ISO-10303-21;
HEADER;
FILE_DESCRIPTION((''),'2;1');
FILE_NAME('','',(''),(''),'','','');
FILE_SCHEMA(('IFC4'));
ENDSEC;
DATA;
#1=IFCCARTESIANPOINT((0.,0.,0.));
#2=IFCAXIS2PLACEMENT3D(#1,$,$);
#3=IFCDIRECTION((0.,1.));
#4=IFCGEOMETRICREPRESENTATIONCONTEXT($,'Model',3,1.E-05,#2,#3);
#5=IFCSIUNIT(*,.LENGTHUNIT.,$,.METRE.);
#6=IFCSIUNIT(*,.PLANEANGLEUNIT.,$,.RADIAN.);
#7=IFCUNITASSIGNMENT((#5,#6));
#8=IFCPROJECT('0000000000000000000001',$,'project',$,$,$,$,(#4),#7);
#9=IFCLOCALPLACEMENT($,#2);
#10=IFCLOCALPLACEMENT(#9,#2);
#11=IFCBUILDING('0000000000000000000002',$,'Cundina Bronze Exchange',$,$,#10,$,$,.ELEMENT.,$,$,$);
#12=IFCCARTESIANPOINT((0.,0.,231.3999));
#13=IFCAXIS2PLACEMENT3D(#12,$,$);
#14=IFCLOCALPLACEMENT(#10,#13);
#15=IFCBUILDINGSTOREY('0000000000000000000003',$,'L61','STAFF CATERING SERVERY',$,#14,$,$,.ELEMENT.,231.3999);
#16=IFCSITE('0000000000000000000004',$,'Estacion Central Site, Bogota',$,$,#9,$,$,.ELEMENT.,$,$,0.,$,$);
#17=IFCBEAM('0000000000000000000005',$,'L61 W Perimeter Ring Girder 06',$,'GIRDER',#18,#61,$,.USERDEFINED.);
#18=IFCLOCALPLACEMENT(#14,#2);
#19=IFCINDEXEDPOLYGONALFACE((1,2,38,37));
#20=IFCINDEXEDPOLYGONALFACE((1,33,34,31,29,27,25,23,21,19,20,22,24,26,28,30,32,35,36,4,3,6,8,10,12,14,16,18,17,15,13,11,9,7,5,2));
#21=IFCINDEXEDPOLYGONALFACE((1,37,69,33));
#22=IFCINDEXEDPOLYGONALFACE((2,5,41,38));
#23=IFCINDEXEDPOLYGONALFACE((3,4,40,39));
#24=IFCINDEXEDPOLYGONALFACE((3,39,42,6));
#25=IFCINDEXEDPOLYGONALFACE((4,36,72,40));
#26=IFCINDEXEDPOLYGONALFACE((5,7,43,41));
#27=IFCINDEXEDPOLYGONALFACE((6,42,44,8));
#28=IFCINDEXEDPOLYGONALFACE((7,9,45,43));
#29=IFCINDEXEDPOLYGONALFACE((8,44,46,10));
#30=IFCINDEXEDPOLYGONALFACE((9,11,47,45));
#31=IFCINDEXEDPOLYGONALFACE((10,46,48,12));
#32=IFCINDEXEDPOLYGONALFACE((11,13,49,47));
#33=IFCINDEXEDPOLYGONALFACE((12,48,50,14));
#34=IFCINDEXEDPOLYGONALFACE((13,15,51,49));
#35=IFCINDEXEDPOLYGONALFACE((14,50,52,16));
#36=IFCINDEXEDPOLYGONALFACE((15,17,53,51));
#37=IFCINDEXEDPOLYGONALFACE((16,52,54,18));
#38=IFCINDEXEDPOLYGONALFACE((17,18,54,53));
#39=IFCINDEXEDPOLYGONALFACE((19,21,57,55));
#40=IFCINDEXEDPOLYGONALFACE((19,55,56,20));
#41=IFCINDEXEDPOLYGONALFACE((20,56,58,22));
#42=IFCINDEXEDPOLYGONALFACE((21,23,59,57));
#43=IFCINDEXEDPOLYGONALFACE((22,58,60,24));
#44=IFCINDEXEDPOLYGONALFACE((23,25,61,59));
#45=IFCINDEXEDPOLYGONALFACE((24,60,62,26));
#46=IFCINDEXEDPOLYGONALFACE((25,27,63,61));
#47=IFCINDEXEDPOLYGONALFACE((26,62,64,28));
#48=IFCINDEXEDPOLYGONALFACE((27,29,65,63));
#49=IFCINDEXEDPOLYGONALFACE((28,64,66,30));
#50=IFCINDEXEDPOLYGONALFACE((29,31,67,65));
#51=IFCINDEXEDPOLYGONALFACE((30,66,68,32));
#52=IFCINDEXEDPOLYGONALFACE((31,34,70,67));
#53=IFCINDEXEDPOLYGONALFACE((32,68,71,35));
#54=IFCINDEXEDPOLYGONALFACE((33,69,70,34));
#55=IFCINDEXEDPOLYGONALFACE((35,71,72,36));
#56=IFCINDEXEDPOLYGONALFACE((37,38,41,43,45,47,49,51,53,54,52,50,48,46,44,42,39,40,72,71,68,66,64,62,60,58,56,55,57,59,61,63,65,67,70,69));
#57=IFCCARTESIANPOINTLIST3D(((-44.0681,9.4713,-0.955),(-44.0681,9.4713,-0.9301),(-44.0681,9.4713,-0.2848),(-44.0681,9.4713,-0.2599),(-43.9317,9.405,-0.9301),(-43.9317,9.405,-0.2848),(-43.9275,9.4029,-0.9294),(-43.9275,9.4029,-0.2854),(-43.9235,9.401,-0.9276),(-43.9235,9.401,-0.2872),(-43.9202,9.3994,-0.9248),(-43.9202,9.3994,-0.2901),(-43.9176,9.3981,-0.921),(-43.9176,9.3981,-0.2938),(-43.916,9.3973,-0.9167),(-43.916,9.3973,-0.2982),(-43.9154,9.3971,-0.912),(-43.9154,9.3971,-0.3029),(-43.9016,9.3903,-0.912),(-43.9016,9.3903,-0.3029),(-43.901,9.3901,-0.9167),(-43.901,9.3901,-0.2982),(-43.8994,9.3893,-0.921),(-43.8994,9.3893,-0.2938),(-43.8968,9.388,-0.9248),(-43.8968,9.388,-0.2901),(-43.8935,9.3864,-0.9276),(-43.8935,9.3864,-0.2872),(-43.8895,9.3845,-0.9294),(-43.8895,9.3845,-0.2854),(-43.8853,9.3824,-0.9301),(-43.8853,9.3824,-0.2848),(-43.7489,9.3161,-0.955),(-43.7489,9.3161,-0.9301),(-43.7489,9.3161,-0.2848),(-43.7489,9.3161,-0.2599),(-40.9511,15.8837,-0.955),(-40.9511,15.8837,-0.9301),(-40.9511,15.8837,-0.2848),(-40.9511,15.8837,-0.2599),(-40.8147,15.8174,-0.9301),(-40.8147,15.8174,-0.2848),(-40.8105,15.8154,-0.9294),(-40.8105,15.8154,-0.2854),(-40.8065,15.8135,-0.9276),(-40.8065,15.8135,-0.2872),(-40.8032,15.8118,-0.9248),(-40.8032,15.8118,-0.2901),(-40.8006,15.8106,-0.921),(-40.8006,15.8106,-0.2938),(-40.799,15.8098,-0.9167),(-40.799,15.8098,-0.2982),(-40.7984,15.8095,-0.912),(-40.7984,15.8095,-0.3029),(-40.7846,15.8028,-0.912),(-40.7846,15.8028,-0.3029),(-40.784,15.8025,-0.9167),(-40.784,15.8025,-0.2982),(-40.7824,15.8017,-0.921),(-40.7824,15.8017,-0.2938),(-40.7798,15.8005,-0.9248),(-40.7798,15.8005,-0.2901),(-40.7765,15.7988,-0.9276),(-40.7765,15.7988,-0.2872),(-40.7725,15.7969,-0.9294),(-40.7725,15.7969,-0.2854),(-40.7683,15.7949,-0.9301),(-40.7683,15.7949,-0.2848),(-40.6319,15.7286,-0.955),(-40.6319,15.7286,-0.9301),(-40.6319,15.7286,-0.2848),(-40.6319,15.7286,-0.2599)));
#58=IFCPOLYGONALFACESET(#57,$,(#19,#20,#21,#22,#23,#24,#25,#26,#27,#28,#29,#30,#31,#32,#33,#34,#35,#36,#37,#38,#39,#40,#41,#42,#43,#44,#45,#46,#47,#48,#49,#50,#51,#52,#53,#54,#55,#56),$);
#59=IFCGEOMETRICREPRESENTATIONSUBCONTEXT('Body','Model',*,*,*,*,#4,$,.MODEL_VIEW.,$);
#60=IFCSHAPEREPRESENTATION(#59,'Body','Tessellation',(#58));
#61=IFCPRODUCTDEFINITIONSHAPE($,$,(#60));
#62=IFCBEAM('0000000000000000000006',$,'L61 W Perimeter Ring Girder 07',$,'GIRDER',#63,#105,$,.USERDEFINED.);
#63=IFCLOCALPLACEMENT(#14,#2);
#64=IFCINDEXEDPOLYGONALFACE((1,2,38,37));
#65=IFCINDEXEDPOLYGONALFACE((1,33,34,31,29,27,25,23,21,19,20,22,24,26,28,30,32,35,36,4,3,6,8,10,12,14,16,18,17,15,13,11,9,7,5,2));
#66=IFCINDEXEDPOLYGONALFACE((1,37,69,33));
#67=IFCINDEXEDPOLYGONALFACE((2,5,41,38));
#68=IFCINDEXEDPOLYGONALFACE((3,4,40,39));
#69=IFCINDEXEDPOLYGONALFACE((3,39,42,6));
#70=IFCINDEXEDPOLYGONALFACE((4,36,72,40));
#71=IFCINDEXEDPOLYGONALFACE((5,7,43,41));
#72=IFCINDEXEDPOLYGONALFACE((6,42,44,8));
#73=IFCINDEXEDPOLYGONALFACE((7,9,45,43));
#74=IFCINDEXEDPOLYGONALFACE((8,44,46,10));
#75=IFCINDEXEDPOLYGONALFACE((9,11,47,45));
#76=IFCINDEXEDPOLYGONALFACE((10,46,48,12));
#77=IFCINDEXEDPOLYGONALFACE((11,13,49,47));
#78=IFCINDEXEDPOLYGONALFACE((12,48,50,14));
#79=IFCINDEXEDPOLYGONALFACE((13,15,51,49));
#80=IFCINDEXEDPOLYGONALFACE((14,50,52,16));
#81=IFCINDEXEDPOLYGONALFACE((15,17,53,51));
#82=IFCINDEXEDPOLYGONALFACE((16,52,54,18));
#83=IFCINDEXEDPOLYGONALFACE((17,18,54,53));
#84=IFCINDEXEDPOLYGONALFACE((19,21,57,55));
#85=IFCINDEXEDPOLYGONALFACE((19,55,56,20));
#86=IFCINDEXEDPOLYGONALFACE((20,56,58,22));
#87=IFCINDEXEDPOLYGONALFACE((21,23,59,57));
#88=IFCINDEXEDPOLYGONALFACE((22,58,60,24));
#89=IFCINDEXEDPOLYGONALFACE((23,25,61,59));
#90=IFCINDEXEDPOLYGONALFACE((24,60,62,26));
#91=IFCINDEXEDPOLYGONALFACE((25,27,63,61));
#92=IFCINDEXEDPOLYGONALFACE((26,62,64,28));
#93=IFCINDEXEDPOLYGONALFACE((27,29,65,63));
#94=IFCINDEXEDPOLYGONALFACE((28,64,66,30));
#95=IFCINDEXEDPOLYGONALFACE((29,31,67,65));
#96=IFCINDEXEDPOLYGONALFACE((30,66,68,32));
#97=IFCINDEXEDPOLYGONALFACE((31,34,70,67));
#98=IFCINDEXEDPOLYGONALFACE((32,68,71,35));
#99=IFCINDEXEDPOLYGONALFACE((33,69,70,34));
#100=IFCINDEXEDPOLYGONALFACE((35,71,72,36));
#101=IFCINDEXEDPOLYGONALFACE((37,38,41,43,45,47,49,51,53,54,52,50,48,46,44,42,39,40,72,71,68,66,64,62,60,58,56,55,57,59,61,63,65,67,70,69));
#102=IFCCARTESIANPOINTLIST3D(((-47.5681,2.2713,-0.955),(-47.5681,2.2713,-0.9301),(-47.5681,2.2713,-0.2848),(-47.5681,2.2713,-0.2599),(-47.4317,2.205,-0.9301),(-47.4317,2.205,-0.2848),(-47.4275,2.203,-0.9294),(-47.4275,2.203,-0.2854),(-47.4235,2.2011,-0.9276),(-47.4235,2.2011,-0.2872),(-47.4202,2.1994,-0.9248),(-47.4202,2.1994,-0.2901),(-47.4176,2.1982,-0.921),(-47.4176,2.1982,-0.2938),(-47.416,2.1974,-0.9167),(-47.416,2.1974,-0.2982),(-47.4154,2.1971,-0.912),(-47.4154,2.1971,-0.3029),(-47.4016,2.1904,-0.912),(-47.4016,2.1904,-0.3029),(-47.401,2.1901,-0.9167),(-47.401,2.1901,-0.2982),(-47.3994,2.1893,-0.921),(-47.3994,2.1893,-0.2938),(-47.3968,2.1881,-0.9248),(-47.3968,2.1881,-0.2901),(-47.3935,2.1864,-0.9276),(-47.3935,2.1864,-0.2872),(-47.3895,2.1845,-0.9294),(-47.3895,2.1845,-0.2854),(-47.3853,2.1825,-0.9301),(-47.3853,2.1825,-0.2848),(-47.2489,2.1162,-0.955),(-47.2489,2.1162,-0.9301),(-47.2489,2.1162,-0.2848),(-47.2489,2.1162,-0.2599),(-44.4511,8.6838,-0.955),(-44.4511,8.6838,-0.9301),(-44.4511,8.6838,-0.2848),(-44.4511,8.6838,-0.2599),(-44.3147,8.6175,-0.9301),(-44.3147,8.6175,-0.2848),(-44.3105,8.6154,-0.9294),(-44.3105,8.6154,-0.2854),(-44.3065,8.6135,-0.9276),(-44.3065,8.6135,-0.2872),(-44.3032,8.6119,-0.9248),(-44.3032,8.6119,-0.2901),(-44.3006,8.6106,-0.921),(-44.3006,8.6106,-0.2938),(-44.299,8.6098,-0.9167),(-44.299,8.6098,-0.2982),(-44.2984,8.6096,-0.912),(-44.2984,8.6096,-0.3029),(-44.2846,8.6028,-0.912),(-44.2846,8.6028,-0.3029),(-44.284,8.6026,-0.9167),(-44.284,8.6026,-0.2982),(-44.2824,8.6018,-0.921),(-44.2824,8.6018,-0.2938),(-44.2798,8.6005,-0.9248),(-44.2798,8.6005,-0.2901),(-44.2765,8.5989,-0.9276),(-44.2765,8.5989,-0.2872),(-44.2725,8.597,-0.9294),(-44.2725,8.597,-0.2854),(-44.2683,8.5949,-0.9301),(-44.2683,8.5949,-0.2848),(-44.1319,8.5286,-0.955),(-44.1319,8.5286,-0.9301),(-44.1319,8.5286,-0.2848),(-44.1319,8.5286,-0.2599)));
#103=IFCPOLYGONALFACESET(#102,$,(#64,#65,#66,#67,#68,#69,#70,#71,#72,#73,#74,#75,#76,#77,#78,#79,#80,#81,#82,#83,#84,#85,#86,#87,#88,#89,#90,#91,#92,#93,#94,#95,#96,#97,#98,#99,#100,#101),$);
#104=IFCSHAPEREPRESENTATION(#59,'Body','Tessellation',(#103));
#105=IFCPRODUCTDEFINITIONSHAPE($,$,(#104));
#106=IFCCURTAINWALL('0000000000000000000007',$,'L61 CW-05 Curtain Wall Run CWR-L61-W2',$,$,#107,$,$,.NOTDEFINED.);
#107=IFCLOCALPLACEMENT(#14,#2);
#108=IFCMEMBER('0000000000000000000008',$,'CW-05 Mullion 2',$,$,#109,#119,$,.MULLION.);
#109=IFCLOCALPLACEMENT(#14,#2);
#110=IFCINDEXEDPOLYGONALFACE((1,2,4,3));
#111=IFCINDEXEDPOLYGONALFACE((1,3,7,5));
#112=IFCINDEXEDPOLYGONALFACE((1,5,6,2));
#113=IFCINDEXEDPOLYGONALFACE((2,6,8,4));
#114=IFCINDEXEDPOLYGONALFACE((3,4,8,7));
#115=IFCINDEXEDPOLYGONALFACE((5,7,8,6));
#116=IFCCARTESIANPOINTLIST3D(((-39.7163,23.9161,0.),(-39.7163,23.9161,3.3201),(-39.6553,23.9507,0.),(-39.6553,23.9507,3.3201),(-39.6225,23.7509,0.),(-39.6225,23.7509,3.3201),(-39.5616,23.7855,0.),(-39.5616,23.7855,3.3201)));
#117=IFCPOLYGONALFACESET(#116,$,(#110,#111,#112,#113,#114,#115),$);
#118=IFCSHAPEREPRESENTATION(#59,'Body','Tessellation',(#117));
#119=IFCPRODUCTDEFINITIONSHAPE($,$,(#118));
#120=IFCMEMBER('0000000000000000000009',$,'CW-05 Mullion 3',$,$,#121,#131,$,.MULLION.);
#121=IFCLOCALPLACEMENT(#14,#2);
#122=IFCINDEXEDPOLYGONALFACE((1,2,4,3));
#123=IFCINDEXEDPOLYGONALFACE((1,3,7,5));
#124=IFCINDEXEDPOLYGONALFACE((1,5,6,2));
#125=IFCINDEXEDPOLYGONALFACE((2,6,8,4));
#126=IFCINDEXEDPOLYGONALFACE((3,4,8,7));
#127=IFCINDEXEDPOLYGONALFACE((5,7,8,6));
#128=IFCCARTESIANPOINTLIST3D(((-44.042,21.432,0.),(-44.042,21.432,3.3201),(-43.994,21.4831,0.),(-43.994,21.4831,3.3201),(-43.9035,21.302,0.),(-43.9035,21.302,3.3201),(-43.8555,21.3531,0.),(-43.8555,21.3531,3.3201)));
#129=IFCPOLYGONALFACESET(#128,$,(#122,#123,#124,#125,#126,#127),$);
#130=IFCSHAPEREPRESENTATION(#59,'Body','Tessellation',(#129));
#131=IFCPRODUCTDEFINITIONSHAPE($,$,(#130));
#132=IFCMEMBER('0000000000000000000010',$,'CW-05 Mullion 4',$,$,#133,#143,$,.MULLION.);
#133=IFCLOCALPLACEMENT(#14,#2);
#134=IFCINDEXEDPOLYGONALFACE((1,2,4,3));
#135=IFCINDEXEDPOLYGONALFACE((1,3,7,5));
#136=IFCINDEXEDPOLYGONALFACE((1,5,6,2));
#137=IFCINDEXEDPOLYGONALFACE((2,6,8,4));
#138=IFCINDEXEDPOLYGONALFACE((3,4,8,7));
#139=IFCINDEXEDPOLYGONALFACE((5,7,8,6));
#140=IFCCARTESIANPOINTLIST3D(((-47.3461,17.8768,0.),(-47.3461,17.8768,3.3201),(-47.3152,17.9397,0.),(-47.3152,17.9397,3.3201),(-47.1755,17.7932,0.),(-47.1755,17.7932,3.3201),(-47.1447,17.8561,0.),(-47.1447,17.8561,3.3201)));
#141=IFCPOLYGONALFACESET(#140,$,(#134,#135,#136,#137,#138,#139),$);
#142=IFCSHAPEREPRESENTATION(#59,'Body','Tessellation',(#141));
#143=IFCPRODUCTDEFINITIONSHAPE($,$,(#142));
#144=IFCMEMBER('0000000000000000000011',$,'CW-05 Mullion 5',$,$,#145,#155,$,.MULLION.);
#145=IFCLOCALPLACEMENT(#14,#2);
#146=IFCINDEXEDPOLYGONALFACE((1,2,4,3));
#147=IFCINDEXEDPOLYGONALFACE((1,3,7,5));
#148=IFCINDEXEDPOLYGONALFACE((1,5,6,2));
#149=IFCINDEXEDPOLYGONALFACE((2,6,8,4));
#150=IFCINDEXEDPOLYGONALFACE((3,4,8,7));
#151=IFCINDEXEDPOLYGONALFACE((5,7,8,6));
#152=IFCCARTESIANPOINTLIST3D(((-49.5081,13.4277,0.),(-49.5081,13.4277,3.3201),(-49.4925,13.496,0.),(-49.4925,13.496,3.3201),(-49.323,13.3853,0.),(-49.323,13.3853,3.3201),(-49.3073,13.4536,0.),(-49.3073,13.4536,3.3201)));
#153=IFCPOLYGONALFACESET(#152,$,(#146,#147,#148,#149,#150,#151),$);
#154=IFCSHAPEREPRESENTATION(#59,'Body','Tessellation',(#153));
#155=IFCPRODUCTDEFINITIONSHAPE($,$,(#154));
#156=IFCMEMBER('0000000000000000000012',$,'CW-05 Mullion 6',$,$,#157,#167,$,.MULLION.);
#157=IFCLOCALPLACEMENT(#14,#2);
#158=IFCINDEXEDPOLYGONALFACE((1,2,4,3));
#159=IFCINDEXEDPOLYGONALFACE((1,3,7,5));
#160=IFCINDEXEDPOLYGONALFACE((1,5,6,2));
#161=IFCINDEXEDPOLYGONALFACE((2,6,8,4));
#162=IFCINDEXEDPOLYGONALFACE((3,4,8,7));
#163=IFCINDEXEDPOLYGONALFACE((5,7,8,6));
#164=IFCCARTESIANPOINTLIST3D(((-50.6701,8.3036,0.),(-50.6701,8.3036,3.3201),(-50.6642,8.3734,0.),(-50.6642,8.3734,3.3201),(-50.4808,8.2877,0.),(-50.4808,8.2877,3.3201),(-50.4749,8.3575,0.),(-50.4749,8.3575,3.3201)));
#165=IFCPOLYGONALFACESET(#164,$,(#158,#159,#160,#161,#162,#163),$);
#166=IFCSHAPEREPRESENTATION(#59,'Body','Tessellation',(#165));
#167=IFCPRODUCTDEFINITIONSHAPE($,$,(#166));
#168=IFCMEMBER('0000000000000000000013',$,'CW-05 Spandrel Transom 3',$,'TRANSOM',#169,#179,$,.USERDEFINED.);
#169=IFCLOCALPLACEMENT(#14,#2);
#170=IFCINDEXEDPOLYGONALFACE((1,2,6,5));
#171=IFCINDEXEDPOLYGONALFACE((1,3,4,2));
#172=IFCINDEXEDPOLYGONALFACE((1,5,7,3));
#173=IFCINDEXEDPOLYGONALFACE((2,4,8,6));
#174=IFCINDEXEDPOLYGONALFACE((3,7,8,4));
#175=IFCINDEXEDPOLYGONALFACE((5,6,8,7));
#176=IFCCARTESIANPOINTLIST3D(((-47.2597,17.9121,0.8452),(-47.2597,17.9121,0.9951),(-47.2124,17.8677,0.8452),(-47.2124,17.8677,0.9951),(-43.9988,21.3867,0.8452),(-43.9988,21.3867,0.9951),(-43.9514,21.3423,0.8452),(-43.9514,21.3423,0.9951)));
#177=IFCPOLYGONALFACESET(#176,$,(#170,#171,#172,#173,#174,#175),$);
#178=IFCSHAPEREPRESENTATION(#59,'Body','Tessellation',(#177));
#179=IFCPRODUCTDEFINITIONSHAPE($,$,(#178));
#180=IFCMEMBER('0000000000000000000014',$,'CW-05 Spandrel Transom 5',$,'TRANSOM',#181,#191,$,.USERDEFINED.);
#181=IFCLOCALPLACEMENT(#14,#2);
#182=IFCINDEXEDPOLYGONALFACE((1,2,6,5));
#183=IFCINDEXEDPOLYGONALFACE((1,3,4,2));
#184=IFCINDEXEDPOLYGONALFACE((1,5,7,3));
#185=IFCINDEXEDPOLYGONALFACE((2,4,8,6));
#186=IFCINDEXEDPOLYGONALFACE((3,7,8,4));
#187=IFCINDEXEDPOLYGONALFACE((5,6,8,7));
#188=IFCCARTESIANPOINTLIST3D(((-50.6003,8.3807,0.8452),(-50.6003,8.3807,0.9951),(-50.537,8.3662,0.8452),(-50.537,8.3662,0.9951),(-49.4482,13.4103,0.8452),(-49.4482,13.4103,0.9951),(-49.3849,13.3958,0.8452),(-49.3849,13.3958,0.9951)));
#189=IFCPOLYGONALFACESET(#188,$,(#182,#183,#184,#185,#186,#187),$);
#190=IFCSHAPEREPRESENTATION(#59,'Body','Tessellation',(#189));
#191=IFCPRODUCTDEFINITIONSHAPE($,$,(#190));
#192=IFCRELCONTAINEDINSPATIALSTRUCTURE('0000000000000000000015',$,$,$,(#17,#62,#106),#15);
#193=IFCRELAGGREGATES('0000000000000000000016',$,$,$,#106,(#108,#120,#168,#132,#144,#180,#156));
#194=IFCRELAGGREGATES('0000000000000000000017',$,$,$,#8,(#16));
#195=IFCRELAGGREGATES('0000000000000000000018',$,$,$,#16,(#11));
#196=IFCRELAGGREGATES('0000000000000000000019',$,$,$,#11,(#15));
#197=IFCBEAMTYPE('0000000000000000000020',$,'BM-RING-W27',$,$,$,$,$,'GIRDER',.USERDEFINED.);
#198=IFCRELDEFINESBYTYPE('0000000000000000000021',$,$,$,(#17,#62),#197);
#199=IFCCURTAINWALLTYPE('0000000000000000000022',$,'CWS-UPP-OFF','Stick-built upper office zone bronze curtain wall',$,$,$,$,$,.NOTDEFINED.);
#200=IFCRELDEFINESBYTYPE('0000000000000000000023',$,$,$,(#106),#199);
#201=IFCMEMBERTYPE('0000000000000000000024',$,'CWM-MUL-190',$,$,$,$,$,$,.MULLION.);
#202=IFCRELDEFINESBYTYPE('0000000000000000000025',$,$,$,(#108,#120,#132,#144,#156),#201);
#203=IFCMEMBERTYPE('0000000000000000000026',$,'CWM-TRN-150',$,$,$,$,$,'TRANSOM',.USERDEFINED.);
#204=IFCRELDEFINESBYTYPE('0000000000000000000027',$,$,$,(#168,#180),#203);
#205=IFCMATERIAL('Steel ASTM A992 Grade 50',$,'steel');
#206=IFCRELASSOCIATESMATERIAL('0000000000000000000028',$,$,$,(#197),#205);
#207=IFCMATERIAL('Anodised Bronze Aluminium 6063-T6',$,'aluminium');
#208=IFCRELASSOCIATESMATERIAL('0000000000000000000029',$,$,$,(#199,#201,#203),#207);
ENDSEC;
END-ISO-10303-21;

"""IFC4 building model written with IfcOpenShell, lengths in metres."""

from ifc_helpers import new_model, si_unit, direction, frame, origin, origin_2d, place, context, subcontext, project, spatial, rectangle, i_section, extrude, material, material_profile, profile_set, type_object, element, aggregate, save


model = new_model("IFC4")

# Units and contexts
model_context = context("Model", 3, precision=1e-05, world=origin(), true_north=direction((0.0, 1.0)))
body_context = subcontext(model_context, "Body", "Model", "MODEL_VIEW")
ifc_project = project(units=[si_unit("LENGTHUNIT", "METRE"), si_unit("PLANEANGLEUNIT", "RADIAN")], contexts=[model_context])

# Site, building, storey
site_placement = place(None, origin())
site = spatial("IfcSite", under=ifc_project, at=site_placement, Name="Estacion Central Site, Bogota", CompositionType="ELEMENT", RefElevation=0.0)
building_placement = place(site_placement, origin())
building = spatial("IfcBuilding", under=site, at=building_placement, Name="Cundina Bronze Exchange", CompositionType="ELEMENT")
storey_placement = place(building_placement, frame((0.0, 0.0, 231.3999)))
storey = spatial("IfcBuildingStorey", under=building, at=storey_placement, Name="L61", Description="STAFF CATERING SERVERY", CompositionType="ELEMENT", Elevation=231.3999)

# Beams
ifc_material_1 = material(Name="Steel ASTM A992 Grade 50", Category="steel")
ifc_material_profile_1 = material_profile(ifc_material_1, i_section(OverallWidth=0.355, OverallDepth=0.6951, WebThickness=0.0154, FlangeThickness=0.0249, FilletRadius=0.0181, at=origin_2d()), Name="W27X146", Category="steel")
ifc_profile_set_1 = profile_set([ifc_material_profile_1], Name="Steel ASTM A992 Grade 50")
beam_type_1 = type_object("IfcBeamType", Name="BM-RING-W27", ElementType="GIRDER", PredefinedType="USERDEFINED", material=ifc_profile_set_1)
for number, where, z_axis, x_axis, name in (
    (1, (-40.7915, 15.8062, -0.6074), (-0.437173, -0.899377, 0.0), (0.899377, -0.437173, 0.0), "L61 W Perimeter Ring Girder 06"),
    (2, (-44.2915, 8.6062, -0.6074), (-0.437173, -0.899377, 0.0), (0.899377, -0.437173, 0.0), "L61 W Perimeter Ring Girder 07"),
):
    element("IfcBeam", number, at=place(storey_placement, frame(where, z_axis=z_axis, x_axis=x_axis)), inside=storey, type_object=beam_type_1, Name=name, ObjectType="GIRDER", PredefinedType="USERDEFINED", context=body_context, shape_type="SweptSolid", body=[
        extrude(i_section(OverallWidth=0.355, OverallDepth=0.6951, WebThickness=0.0154, FlangeThickness=0.0249, FilletRadius=0.0181, at=origin_2d()), origin(), (0.0, 0.0, 1.0), 7.1299),
    ])

# Curtain wall, members
ifc_material_2 = material(Name="Anodised Bronze Aluminium 6063-T6", Category="aluminium")
curtain_wall_type = type_object("IfcCurtainWallType", Name="CWS-UPP-OFF", Description="Stick-built upper office zone bronze curtain wall", PredefinedType="NOTDEFINED", material=ifc_material_2)
curtain_wall_placement = place(storey_placement, origin())
curtain_wall = element("IfcCurtainWall", 3, at=curtain_wall_placement, inside=storey, type_object=curtain_wall_type, Name="L61 CW-05 Curtain Wall Run CWR-L61-W2", PredefinedType="NOTDEFINED")
ifc_material_profile_2 = material_profile(ifc_material_2, rectangle(XDim=0.0701, YDim=0.1899, at=origin_2d()), Name="AL70X190", Category="aluminium")
ifc_profile_set_2 = profile_set([ifc_material_profile_2], Name="Anodised Bronze Aluminium 6063-T6")
member_type_1 = type_object("IfcMemberType", Name="CWM-MUL-190", PredefinedType="MULLION", material=ifc_profile_set_2)
member_1_placement = place(storey_placement, frame((-39.6389, 23.8508, 0.0), z_axis=(0.0, 0.0, 1.0), x_axis=(-0.869581, -0.49379, 0.0)))
member_1 = element("IfcMember", 4, at=member_1_placement, type_object=member_type_1, Name="CW-05 Mullion 2", PredefinedType="MULLION", context=body_context, shape_type="SweptSolid", body=[
    extrude(rectangle(XDim=0.0701, YDim=0.1899, at=origin_2d()), origin(), (0.0, 0.0, 1.0), 3.3201),
])
member_2_placement = place(storey_placement, frame((-43.9487, 21.3926, 0.0), z_axis=(0.0, 0.0, 1.0), x_axis=(-0.684293, -0.729208, 0.0)))
member_2 = element("IfcMember", 5, at=member_2_placement, type_object=member_type_1, Name="CW-05 Mullion 3", PredefinedType="MULLION", context=body_context, shape_type="SweptSolid", body=[
    extrude(rectangle(XDim=0.0701, YDim=0.1899, at=origin_2d()), origin(), (0.0, 0.0, 1.0), 3.3201),
])
member_3_placement = place(storey_placement, frame((-47.2454, 17.8665, 0.0), z_axis=(0.0, 0.0, 1.0), x_axis=(-0.440566, -0.89772, 0.0)))
member_3 = element("IfcMember", 6, at=member_3_placement, type_object=member_type_1, Name="CW-05 Mullion 4", PredefinedType="MULLION", context=body_context, shape_type="SweptSolid", body=[
    extrude(rectangle(XDim=0.0701, YDim=0.1899, at=origin_2d()), origin(), (0.0, 0.0, 1.0), 3.3201),
])
member_4_placement = place(storey_placement, frame((-49.4077, 13.4407, 0.0), z_axis=(0.0, 0.0, 1.0), x_axis=(-0.22325, -0.974761, 0.0)))
member_4 = element("IfcMember", 7, at=member_4_placement, type_object=member_type_1, Name="CW-05 Mullion 5", PredefinedType="MULLION", context=body_context, shape_type="SweptSolid", body=[
    extrude(rectangle(XDim=0.0701, YDim=0.1899, at=origin_2d()), origin(), (0.0, 0.0, 1.0), 3.3201),
])
member_5_placement = place(storey_placement, frame((-50.5725, 8.3306, 0.0), z_axis=(0.0, 0.0, 1.0), x_axis=(-0.083678, -0.996493, 0.0)))
member_5 = element("IfcMember", 8, at=member_5_placement, type_object=member_type_1, Name="CW-05 Mullion 6", PredefinedType="MULLION", context=body_context, shape_type="SweptSolid", body=[
    extrude(rectangle(XDim=0.0701, YDim=0.1899, at=origin_2d()), origin(), (0.0, 0.0, 1.0), 3.3201),
])
ifc_material_profile_3 = material_profile(ifc_material_2, rectangle(XDim=0.0649, YDim=0.1499, at=origin_2d()), Name="AL65X150", Category="aluminium")
ifc_profile_set_3 = profile_set([ifc_material_profile_3], Name="Anodised Bronze Aluminium 6063-T6")
member_type_2 = type_object("IfcMemberType", Name="CWM-TRN-150", ElementType="TRANSOM", PredefinedType="USERDEFINED", material=ifc_profile_set_3)
member_6_placement = place(storey_placement, frame((-43.9751, 21.3645, 0.9202), z_axis=(-0.684336, -0.729166, 0.0), x_axis=(0.729166, -0.684336, 0.0)))
member_6 = element("IfcMember", 9, at=member_6_placement, type_object=member_type_2, Name="CW-05 Spandrel Transom 3", ObjectType="TRANSOM", PredefinedType="USERDEFINED", context=body_context, shape_type="SweptSolid", body=[
    extrude(rectangle(XDim=0.0649, YDim=0.1499, at=origin_2d()), origin(), (0.0, 0.0, 1.0), 4.7651),
])
member_7_placement = place(storey_placement, frame((-49.4165, 13.4031, 0.9202), z_axis=(-0.223283, -0.974754, 0.0), x_axis=(0.974754, -0.223283, 0.0)))
member_7 = element("IfcMember", 10, at=member_7_placement, type_object=member_type_2, Name="CW-05 Spandrel Transom 5", ObjectType="TRANSOM", PredefinedType="USERDEFINED", context=body_context, shape_type="SweptSolid", body=[
    extrude(rectangle(XDim=0.0649, YDim=0.1499, at=origin_2d()), origin(), (0.0, 0.0, 1.0), 5.1599),
])
aggregate(curtain_wall, [member_1, member_2, member_6, member_3, member_4, member_7, member_5])

save(model, "model.ifc")
